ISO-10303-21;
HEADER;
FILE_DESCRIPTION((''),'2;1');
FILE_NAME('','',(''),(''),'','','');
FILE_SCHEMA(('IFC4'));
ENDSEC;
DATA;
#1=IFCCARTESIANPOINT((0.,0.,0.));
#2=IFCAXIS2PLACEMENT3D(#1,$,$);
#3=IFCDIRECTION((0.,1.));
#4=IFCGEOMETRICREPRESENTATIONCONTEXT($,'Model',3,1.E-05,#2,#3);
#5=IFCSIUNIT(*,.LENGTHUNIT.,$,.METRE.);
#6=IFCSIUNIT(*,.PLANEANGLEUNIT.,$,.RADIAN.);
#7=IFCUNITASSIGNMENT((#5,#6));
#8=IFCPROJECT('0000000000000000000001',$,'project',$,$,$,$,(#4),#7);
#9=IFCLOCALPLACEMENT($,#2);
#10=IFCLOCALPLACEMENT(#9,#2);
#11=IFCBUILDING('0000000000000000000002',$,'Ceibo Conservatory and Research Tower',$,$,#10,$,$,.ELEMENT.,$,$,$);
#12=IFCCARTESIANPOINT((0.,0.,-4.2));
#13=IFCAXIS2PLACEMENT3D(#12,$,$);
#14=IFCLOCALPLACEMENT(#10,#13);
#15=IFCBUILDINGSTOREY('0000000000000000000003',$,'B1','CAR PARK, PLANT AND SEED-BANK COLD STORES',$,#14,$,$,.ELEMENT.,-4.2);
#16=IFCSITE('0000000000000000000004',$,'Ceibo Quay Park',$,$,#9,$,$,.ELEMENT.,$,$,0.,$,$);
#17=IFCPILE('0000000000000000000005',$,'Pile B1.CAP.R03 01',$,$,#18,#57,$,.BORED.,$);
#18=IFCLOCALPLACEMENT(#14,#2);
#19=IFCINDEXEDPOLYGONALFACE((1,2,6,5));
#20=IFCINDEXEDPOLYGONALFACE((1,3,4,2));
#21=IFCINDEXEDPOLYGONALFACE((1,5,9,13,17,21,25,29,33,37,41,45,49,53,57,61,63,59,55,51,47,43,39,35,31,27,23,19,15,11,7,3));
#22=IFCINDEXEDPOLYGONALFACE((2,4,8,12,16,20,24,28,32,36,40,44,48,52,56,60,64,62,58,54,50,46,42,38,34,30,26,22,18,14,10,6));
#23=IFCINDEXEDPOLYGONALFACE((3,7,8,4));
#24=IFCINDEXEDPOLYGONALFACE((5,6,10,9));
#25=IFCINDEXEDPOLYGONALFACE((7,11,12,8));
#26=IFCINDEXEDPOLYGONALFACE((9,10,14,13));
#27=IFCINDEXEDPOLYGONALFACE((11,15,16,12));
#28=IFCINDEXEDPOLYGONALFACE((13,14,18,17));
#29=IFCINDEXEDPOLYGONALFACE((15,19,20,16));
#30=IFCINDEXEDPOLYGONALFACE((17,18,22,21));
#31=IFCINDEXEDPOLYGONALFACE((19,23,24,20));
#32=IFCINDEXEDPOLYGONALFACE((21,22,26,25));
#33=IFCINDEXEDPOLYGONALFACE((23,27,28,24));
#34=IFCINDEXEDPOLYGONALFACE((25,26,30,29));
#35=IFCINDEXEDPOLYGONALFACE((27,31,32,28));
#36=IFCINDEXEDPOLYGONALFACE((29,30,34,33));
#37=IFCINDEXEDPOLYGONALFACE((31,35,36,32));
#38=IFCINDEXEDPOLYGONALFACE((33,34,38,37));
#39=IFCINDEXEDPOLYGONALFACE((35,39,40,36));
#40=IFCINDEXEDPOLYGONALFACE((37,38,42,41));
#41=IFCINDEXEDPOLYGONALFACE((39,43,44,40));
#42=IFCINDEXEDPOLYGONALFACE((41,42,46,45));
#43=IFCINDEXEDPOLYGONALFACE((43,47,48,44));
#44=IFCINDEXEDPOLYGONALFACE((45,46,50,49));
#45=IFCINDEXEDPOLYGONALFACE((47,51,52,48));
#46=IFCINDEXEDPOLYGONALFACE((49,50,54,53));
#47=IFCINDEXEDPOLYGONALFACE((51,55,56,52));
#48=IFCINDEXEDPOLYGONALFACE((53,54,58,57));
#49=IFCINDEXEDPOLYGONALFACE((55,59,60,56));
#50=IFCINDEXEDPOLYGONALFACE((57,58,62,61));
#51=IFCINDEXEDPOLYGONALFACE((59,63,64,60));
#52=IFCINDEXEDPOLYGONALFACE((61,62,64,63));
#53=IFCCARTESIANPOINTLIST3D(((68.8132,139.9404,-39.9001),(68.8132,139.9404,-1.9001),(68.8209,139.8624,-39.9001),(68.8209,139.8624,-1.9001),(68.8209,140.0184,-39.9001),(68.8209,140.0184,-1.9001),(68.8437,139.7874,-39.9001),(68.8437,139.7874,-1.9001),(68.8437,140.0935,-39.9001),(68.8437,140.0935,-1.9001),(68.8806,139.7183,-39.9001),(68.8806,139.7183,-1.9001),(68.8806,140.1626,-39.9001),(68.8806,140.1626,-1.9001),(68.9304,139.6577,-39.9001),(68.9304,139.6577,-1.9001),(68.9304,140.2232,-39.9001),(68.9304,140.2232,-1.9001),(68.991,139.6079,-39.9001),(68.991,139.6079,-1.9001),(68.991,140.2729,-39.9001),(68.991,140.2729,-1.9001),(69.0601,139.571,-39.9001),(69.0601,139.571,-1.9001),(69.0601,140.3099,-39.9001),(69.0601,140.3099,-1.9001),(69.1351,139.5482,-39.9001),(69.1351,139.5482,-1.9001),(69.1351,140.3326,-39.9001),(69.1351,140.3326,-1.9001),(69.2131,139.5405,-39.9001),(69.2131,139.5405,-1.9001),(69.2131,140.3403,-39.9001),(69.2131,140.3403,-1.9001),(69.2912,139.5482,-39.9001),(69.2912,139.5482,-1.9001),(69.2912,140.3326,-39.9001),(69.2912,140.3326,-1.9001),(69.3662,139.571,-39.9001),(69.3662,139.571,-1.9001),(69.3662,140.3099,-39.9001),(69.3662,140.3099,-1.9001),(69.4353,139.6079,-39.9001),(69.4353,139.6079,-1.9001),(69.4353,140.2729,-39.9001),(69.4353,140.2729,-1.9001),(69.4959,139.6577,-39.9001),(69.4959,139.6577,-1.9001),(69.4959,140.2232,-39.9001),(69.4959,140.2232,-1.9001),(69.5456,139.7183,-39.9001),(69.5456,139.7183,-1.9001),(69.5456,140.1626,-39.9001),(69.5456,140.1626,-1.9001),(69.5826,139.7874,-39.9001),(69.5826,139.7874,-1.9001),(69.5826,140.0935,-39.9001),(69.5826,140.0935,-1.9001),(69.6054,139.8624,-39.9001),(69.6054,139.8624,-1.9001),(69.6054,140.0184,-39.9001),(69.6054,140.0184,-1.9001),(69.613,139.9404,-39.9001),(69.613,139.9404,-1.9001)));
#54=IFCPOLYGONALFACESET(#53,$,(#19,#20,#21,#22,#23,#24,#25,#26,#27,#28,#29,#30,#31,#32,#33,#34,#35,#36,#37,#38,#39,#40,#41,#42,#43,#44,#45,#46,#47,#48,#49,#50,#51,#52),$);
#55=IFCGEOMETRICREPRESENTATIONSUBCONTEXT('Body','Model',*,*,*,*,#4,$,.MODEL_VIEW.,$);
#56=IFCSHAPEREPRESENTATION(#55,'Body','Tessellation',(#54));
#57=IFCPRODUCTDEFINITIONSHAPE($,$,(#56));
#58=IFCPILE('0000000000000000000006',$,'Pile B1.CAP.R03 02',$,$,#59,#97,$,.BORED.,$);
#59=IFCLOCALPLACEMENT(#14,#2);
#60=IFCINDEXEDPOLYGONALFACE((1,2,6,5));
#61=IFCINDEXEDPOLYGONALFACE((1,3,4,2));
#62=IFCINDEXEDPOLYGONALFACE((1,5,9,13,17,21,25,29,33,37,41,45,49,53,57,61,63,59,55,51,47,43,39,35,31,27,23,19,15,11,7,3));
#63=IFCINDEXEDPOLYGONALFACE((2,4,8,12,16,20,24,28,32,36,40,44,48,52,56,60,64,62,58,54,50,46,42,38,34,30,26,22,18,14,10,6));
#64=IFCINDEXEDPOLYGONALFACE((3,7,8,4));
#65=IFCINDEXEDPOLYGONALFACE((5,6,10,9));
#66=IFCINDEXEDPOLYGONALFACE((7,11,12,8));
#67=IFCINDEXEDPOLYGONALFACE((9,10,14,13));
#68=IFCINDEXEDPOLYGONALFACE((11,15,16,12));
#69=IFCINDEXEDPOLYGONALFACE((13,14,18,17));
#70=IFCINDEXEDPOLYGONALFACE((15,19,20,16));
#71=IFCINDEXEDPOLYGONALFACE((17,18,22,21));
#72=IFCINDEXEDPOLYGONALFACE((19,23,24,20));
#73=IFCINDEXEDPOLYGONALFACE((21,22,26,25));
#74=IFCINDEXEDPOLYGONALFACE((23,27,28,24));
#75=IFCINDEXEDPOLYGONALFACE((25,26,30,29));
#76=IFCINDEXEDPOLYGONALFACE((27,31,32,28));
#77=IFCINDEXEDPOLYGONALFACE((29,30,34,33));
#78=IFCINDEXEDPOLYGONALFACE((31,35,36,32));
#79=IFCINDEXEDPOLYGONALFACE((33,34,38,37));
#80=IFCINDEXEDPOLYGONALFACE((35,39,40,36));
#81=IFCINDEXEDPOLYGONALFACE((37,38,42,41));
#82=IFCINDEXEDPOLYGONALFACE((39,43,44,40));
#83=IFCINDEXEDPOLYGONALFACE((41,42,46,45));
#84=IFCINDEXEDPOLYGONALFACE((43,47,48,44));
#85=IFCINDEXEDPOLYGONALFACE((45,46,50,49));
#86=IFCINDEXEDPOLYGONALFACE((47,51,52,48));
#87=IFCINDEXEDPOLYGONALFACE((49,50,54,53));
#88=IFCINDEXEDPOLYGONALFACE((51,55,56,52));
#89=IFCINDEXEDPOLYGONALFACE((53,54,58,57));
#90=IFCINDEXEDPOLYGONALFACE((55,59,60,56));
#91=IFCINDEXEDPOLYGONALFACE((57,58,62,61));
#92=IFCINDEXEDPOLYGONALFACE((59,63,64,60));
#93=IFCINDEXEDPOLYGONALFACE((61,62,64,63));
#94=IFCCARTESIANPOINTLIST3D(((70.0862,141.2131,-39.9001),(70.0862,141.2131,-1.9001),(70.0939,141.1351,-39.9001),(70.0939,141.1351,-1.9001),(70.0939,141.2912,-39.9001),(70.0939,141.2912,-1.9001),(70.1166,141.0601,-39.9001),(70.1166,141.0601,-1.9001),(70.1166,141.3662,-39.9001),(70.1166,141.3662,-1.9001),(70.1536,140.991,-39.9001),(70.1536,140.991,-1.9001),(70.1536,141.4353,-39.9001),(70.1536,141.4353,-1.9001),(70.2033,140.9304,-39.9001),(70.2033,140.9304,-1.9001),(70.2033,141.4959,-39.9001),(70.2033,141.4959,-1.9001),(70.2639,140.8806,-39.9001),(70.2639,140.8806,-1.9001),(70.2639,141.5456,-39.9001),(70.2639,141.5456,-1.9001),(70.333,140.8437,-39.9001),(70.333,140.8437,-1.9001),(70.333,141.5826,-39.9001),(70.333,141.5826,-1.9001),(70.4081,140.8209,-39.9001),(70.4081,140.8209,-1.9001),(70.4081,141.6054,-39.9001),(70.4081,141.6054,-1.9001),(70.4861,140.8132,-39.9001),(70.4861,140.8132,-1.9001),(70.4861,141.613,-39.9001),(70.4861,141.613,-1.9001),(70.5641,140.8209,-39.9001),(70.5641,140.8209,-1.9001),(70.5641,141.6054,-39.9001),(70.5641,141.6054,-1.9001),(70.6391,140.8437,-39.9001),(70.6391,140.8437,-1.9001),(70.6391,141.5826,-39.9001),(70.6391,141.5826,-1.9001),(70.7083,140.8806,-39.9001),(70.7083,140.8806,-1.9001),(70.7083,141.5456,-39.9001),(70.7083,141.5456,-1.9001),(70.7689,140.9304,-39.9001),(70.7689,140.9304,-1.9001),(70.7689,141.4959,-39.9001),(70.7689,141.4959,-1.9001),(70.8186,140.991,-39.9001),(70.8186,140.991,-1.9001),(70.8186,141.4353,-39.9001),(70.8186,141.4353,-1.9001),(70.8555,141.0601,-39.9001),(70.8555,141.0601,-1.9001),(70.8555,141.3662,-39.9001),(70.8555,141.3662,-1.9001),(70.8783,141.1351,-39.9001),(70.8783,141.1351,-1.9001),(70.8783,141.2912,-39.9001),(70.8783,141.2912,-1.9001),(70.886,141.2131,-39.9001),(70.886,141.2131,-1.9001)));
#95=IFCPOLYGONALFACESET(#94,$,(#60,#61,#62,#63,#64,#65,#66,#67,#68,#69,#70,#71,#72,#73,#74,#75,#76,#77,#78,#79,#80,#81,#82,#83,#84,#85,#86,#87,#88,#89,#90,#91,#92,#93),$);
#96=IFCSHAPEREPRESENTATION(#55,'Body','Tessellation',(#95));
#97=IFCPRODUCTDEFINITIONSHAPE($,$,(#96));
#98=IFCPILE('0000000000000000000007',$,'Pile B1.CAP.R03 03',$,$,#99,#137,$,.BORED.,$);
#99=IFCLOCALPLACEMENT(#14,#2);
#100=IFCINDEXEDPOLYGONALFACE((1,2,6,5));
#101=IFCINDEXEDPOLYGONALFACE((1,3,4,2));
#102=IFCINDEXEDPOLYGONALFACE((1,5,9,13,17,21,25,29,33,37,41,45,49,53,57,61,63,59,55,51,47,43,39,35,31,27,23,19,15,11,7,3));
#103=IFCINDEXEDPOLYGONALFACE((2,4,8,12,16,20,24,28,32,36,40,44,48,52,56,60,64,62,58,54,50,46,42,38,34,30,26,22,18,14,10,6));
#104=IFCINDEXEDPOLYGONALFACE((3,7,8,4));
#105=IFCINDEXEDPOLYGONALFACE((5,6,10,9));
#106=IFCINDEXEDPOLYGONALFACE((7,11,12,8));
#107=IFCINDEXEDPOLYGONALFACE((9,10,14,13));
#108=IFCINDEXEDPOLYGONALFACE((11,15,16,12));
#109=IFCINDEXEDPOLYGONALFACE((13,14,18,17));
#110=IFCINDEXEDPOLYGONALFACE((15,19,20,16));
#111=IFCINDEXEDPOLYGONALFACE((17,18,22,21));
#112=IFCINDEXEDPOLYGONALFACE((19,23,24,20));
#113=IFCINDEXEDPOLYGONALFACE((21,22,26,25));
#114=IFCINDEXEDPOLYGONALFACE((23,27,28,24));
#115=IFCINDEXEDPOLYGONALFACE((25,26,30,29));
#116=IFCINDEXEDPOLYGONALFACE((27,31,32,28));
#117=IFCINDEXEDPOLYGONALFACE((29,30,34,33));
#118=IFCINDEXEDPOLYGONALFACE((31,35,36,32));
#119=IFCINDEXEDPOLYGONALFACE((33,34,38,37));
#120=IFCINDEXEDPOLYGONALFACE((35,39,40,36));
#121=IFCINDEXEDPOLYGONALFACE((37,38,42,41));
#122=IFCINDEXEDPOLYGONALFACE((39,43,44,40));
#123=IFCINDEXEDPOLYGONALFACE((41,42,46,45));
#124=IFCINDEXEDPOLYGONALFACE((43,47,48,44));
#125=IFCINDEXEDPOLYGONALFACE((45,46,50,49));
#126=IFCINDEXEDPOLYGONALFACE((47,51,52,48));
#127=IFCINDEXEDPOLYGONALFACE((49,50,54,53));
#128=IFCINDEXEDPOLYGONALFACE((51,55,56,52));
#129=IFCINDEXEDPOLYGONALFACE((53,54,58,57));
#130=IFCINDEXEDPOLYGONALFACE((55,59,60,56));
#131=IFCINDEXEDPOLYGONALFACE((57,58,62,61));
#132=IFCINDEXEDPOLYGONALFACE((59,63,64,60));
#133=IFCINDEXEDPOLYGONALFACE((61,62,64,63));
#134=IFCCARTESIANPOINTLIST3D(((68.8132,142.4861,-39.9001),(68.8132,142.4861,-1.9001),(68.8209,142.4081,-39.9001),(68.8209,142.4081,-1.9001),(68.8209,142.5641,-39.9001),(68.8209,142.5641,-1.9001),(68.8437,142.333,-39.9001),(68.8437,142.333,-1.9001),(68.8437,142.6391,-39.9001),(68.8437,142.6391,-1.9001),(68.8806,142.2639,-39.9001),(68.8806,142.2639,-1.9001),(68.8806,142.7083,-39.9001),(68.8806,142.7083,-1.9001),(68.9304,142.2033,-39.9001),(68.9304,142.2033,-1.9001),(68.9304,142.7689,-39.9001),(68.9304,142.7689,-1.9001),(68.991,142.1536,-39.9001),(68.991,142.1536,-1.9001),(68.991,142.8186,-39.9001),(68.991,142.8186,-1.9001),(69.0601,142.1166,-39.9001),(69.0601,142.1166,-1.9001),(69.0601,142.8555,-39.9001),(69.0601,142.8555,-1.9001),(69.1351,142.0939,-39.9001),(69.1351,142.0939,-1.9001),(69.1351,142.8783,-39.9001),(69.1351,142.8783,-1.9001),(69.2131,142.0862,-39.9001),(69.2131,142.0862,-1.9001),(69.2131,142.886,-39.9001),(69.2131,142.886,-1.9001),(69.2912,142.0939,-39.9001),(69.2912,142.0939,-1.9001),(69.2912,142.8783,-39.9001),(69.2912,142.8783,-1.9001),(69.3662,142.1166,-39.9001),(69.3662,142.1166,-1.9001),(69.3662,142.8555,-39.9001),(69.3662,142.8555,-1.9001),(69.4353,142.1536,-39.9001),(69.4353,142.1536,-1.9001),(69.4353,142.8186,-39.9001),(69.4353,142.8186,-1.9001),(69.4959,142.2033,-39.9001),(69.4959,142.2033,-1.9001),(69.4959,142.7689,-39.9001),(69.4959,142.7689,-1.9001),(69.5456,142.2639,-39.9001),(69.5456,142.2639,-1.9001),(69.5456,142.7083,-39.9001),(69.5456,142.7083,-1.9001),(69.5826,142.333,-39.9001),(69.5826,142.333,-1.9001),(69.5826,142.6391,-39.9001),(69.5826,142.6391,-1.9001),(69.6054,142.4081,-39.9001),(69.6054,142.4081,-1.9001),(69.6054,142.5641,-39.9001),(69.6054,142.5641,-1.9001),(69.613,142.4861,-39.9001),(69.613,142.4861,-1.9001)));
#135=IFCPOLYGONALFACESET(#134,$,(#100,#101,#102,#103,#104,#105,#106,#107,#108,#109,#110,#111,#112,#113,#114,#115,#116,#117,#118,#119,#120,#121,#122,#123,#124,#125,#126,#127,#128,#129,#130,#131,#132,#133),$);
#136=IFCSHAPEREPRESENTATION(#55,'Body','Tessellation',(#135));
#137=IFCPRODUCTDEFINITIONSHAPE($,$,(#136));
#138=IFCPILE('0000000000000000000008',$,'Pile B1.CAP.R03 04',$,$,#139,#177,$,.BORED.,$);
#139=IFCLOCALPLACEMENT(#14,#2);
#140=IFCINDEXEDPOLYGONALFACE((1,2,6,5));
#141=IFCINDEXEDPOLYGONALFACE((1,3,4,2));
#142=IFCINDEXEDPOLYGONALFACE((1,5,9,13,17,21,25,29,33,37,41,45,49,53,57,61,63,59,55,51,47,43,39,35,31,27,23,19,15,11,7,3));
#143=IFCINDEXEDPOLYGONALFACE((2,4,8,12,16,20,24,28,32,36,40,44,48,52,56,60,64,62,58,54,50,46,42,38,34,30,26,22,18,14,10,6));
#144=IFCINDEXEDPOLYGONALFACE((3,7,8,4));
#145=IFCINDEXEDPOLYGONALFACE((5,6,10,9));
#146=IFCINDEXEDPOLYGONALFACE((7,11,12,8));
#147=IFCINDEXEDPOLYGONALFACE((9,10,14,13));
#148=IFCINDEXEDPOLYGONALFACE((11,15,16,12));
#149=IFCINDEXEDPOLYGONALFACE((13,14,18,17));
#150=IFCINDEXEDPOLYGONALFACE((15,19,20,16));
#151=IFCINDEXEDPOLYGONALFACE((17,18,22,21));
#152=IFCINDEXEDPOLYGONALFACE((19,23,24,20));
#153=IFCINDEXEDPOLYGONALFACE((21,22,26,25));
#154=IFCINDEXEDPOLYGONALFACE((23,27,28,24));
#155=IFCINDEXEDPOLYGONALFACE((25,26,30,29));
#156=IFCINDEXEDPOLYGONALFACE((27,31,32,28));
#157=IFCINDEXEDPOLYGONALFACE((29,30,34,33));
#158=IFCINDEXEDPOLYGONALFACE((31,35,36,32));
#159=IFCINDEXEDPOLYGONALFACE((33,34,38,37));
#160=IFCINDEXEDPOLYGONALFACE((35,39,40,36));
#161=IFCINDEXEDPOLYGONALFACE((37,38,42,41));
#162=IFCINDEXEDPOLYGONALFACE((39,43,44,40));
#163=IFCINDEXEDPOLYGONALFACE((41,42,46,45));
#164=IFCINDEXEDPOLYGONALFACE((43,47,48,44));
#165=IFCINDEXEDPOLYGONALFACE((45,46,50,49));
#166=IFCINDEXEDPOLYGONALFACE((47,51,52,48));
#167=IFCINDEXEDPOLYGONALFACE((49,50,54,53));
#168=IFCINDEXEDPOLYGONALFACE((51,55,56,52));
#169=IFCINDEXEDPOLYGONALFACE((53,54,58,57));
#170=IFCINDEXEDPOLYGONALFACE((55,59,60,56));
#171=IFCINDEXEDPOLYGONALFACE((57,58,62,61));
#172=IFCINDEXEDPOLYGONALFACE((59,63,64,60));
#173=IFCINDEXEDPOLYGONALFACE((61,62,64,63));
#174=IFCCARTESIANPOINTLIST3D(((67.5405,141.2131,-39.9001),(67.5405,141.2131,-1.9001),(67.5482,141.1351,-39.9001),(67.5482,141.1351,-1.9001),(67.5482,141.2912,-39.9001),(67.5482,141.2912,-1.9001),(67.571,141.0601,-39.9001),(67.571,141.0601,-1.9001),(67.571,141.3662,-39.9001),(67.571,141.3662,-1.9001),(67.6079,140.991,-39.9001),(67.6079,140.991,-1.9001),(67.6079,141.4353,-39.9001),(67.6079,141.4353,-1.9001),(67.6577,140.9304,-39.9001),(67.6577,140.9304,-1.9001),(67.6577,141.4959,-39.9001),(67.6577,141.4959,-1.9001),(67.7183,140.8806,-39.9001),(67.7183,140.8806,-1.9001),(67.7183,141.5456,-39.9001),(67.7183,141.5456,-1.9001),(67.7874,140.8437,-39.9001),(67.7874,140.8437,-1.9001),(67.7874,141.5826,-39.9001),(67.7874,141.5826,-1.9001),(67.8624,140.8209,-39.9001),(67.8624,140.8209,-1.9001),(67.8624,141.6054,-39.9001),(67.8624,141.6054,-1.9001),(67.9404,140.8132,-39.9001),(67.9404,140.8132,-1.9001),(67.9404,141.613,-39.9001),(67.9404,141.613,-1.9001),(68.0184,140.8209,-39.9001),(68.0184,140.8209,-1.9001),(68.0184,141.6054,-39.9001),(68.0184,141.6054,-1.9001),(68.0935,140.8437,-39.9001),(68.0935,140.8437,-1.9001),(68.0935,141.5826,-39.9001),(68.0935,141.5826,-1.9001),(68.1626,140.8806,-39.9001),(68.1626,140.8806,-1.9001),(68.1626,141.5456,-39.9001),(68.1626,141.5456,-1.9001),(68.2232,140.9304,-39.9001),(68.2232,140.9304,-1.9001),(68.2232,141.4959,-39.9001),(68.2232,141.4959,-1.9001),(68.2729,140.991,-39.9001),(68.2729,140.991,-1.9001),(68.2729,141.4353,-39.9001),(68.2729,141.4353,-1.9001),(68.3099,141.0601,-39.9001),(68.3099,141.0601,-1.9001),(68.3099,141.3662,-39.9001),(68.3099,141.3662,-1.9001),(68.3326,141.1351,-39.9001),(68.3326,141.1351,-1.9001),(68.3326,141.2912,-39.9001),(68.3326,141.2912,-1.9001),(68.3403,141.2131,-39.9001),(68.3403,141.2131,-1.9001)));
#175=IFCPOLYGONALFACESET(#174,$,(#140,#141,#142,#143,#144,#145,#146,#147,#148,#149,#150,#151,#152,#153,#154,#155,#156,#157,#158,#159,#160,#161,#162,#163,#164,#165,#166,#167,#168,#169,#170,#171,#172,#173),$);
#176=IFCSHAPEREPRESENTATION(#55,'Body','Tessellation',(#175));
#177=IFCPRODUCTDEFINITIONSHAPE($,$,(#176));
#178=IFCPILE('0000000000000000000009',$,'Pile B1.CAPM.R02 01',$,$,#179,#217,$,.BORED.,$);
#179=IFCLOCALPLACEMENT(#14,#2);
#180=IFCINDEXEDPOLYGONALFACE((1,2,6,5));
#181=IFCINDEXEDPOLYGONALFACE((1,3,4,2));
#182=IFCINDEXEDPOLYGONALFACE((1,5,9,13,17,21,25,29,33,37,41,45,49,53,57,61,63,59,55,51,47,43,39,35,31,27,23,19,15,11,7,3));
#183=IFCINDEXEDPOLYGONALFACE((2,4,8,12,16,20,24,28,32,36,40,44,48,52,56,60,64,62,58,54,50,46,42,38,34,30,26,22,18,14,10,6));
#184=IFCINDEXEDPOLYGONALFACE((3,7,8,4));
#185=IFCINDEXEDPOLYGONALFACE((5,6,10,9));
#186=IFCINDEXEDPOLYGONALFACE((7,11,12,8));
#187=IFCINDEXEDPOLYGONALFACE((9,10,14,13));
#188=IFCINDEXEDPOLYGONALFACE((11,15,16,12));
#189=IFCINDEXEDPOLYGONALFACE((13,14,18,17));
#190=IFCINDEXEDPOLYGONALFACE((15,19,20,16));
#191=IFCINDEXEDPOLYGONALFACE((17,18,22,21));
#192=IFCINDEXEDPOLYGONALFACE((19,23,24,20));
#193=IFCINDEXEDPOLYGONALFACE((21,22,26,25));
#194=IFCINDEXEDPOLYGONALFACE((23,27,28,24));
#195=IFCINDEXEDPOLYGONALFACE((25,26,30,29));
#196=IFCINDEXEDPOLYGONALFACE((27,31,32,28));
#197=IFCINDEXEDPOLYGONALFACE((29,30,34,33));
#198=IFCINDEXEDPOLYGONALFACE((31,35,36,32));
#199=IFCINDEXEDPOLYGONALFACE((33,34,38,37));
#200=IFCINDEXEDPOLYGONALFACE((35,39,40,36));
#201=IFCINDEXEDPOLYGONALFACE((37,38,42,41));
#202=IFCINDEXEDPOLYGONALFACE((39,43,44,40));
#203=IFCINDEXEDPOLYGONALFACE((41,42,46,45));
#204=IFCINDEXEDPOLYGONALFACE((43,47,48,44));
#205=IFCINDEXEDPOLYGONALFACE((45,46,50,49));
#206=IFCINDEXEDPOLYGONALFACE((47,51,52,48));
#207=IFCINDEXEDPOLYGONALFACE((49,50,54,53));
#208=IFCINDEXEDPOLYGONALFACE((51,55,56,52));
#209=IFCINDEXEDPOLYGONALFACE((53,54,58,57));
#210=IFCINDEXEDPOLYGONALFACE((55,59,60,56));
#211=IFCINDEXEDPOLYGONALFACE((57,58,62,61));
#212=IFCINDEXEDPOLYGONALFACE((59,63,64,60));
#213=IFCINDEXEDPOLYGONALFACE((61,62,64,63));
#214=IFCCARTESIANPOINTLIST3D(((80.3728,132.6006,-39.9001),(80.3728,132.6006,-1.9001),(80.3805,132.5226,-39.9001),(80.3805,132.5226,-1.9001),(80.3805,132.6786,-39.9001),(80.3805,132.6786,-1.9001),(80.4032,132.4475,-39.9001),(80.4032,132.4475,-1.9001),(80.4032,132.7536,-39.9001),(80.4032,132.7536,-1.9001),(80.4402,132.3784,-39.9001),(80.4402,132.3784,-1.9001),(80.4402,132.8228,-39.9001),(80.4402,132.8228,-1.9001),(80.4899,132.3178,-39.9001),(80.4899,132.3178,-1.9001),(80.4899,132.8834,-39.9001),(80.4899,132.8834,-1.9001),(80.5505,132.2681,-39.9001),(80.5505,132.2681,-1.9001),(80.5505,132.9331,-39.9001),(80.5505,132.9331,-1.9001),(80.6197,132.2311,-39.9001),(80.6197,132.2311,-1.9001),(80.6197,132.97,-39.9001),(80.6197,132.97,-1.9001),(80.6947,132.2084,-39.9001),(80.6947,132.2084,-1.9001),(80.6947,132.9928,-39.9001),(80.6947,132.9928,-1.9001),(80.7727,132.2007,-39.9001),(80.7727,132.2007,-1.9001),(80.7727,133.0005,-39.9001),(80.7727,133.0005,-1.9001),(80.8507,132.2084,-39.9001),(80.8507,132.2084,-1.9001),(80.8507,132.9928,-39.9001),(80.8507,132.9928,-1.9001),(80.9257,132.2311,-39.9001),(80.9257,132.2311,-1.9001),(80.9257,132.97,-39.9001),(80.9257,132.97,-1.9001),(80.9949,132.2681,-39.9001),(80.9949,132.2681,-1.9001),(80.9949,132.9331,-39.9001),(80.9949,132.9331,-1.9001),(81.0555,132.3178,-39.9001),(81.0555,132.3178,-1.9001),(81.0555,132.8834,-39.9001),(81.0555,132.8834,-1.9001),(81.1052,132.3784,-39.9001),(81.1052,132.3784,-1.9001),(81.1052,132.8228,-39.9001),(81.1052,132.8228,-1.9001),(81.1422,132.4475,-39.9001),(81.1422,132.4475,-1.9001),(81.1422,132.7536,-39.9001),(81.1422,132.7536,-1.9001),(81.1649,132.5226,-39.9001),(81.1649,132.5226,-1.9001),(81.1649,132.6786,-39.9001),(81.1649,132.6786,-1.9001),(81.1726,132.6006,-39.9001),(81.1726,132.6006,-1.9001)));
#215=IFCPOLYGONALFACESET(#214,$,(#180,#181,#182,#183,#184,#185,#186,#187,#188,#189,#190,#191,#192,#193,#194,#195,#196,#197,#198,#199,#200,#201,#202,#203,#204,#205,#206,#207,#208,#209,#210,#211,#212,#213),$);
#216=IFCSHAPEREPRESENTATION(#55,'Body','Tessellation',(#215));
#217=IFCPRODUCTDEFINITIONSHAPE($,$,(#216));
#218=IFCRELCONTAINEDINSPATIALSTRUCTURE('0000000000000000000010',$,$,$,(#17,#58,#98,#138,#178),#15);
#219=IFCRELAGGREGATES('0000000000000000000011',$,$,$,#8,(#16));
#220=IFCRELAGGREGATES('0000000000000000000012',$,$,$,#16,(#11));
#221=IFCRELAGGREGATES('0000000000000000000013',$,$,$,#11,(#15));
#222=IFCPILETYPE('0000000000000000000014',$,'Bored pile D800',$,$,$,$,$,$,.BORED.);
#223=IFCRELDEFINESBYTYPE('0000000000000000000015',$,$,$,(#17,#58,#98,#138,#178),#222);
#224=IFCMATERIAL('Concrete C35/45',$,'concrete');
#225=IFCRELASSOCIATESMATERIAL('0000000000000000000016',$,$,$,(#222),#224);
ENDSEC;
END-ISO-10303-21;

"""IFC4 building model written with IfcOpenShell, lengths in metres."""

from ifc_helpers import new_model, si_unit, direction, frame, origin, origin_2d, place, context, subcontext, project, spatial, circle, extrude, material, material_profile, profile_set, type_object, element, save


model = new_model("IFC4")

# Units and contexts
model_context = context("Model", 3, precision=1e-05, world=origin(), true_north=direction((0.0, 1.0)))
body_context = subcontext(model_context, "Body", "Model", "MODEL_VIEW")
ifc_project = project(units=[si_unit("LENGTHUNIT", "METRE"), si_unit("PLANEANGLEUNIT", "RADIAN")], contexts=[model_context])

# Site, building, storey
site_placement = place(None, origin())
site = spatial("IfcSite", under=ifc_project, at=site_placement, Name="Ceibo Quay Park", CompositionType="ELEMENT", RefElevation=0.0)
building_placement = place(site_placement, origin())
building = spatial("IfcBuilding", under=site, at=building_placement, Name="Ceibo Conservatory and Research Tower", CompositionType="ELEMENT")
storey_placement = place(building_placement, frame((0.0, 0.0, -4.2)))
storey = spatial("IfcBuildingStorey", under=building, at=storey_placement, Name="B1", Description="CAR PARK, PLANT AND SEED-BANK COLD STORES", CompositionType="ELEMENT", Elevation=-4.2)

# Piles
ifc_material_1 = material(Name="Concrete C35/45", Category="concrete")
ifc_material_profile_1 = material_profile(ifc_material_1, circle(Radius=0.3999, at=origin_2d()), Name="RC D800")
ifc_profile_set_1 = profile_set([ifc_material_profile_1], Name="Concrete C35/45")
pile_type_1 = type_object("IfcPileType", Name="Bored pile D800", PredefinedType="BORED", material=ifc_profile_set_1)
for number, where, z_axis, x_axis, name in (
    (1, (69.2131, 139.9404, -1.9001), (0.0, 0.0, -1.0), (1.0, 0.0, 0.0), "Pile B1.CAP.R03 01"),
    (2, (70.4861, 141.2131, -1.9001), (0.0, 0.0, -1.0), (1.0, 0.0, 0.0), "Pile B1.CAP.R03 02"),
    (3, (69.2131, 142.4861, -1.9001), (0.0, 0.0, -1.0), (1.0, 0.0, 0.0), "Pile B1.CAP.R03 03"),
    (4, (67.9404, 141.2131, -1.9001), (0.0, 0.0, -1.0), (1.0, 0.0, 0.0), "Pile B1.CAP.R03 04"),
    (5, (80.7727, 132.6006, -1.9001), (0.0, 0.0, -1.0), (1.0, 0.0, 0.0), "Pile B1.CAPM.R02 01"),
):
    element("IfcPile", number, at=place(storey_placement, frame(where, z_axis=z_axis, x_axis=x_axis)), inside=storey, type_object=pile_type_1, Name=name, PredefinedType="BORED", context=body_context, shape_type="SweptSolid", body=[
        extrude(circle(Radius=0.3999, at=origin_2d()), origin(), (0.0, 0.0, 1.0), 38.0),
    ])

save(model, "model.ifc")
